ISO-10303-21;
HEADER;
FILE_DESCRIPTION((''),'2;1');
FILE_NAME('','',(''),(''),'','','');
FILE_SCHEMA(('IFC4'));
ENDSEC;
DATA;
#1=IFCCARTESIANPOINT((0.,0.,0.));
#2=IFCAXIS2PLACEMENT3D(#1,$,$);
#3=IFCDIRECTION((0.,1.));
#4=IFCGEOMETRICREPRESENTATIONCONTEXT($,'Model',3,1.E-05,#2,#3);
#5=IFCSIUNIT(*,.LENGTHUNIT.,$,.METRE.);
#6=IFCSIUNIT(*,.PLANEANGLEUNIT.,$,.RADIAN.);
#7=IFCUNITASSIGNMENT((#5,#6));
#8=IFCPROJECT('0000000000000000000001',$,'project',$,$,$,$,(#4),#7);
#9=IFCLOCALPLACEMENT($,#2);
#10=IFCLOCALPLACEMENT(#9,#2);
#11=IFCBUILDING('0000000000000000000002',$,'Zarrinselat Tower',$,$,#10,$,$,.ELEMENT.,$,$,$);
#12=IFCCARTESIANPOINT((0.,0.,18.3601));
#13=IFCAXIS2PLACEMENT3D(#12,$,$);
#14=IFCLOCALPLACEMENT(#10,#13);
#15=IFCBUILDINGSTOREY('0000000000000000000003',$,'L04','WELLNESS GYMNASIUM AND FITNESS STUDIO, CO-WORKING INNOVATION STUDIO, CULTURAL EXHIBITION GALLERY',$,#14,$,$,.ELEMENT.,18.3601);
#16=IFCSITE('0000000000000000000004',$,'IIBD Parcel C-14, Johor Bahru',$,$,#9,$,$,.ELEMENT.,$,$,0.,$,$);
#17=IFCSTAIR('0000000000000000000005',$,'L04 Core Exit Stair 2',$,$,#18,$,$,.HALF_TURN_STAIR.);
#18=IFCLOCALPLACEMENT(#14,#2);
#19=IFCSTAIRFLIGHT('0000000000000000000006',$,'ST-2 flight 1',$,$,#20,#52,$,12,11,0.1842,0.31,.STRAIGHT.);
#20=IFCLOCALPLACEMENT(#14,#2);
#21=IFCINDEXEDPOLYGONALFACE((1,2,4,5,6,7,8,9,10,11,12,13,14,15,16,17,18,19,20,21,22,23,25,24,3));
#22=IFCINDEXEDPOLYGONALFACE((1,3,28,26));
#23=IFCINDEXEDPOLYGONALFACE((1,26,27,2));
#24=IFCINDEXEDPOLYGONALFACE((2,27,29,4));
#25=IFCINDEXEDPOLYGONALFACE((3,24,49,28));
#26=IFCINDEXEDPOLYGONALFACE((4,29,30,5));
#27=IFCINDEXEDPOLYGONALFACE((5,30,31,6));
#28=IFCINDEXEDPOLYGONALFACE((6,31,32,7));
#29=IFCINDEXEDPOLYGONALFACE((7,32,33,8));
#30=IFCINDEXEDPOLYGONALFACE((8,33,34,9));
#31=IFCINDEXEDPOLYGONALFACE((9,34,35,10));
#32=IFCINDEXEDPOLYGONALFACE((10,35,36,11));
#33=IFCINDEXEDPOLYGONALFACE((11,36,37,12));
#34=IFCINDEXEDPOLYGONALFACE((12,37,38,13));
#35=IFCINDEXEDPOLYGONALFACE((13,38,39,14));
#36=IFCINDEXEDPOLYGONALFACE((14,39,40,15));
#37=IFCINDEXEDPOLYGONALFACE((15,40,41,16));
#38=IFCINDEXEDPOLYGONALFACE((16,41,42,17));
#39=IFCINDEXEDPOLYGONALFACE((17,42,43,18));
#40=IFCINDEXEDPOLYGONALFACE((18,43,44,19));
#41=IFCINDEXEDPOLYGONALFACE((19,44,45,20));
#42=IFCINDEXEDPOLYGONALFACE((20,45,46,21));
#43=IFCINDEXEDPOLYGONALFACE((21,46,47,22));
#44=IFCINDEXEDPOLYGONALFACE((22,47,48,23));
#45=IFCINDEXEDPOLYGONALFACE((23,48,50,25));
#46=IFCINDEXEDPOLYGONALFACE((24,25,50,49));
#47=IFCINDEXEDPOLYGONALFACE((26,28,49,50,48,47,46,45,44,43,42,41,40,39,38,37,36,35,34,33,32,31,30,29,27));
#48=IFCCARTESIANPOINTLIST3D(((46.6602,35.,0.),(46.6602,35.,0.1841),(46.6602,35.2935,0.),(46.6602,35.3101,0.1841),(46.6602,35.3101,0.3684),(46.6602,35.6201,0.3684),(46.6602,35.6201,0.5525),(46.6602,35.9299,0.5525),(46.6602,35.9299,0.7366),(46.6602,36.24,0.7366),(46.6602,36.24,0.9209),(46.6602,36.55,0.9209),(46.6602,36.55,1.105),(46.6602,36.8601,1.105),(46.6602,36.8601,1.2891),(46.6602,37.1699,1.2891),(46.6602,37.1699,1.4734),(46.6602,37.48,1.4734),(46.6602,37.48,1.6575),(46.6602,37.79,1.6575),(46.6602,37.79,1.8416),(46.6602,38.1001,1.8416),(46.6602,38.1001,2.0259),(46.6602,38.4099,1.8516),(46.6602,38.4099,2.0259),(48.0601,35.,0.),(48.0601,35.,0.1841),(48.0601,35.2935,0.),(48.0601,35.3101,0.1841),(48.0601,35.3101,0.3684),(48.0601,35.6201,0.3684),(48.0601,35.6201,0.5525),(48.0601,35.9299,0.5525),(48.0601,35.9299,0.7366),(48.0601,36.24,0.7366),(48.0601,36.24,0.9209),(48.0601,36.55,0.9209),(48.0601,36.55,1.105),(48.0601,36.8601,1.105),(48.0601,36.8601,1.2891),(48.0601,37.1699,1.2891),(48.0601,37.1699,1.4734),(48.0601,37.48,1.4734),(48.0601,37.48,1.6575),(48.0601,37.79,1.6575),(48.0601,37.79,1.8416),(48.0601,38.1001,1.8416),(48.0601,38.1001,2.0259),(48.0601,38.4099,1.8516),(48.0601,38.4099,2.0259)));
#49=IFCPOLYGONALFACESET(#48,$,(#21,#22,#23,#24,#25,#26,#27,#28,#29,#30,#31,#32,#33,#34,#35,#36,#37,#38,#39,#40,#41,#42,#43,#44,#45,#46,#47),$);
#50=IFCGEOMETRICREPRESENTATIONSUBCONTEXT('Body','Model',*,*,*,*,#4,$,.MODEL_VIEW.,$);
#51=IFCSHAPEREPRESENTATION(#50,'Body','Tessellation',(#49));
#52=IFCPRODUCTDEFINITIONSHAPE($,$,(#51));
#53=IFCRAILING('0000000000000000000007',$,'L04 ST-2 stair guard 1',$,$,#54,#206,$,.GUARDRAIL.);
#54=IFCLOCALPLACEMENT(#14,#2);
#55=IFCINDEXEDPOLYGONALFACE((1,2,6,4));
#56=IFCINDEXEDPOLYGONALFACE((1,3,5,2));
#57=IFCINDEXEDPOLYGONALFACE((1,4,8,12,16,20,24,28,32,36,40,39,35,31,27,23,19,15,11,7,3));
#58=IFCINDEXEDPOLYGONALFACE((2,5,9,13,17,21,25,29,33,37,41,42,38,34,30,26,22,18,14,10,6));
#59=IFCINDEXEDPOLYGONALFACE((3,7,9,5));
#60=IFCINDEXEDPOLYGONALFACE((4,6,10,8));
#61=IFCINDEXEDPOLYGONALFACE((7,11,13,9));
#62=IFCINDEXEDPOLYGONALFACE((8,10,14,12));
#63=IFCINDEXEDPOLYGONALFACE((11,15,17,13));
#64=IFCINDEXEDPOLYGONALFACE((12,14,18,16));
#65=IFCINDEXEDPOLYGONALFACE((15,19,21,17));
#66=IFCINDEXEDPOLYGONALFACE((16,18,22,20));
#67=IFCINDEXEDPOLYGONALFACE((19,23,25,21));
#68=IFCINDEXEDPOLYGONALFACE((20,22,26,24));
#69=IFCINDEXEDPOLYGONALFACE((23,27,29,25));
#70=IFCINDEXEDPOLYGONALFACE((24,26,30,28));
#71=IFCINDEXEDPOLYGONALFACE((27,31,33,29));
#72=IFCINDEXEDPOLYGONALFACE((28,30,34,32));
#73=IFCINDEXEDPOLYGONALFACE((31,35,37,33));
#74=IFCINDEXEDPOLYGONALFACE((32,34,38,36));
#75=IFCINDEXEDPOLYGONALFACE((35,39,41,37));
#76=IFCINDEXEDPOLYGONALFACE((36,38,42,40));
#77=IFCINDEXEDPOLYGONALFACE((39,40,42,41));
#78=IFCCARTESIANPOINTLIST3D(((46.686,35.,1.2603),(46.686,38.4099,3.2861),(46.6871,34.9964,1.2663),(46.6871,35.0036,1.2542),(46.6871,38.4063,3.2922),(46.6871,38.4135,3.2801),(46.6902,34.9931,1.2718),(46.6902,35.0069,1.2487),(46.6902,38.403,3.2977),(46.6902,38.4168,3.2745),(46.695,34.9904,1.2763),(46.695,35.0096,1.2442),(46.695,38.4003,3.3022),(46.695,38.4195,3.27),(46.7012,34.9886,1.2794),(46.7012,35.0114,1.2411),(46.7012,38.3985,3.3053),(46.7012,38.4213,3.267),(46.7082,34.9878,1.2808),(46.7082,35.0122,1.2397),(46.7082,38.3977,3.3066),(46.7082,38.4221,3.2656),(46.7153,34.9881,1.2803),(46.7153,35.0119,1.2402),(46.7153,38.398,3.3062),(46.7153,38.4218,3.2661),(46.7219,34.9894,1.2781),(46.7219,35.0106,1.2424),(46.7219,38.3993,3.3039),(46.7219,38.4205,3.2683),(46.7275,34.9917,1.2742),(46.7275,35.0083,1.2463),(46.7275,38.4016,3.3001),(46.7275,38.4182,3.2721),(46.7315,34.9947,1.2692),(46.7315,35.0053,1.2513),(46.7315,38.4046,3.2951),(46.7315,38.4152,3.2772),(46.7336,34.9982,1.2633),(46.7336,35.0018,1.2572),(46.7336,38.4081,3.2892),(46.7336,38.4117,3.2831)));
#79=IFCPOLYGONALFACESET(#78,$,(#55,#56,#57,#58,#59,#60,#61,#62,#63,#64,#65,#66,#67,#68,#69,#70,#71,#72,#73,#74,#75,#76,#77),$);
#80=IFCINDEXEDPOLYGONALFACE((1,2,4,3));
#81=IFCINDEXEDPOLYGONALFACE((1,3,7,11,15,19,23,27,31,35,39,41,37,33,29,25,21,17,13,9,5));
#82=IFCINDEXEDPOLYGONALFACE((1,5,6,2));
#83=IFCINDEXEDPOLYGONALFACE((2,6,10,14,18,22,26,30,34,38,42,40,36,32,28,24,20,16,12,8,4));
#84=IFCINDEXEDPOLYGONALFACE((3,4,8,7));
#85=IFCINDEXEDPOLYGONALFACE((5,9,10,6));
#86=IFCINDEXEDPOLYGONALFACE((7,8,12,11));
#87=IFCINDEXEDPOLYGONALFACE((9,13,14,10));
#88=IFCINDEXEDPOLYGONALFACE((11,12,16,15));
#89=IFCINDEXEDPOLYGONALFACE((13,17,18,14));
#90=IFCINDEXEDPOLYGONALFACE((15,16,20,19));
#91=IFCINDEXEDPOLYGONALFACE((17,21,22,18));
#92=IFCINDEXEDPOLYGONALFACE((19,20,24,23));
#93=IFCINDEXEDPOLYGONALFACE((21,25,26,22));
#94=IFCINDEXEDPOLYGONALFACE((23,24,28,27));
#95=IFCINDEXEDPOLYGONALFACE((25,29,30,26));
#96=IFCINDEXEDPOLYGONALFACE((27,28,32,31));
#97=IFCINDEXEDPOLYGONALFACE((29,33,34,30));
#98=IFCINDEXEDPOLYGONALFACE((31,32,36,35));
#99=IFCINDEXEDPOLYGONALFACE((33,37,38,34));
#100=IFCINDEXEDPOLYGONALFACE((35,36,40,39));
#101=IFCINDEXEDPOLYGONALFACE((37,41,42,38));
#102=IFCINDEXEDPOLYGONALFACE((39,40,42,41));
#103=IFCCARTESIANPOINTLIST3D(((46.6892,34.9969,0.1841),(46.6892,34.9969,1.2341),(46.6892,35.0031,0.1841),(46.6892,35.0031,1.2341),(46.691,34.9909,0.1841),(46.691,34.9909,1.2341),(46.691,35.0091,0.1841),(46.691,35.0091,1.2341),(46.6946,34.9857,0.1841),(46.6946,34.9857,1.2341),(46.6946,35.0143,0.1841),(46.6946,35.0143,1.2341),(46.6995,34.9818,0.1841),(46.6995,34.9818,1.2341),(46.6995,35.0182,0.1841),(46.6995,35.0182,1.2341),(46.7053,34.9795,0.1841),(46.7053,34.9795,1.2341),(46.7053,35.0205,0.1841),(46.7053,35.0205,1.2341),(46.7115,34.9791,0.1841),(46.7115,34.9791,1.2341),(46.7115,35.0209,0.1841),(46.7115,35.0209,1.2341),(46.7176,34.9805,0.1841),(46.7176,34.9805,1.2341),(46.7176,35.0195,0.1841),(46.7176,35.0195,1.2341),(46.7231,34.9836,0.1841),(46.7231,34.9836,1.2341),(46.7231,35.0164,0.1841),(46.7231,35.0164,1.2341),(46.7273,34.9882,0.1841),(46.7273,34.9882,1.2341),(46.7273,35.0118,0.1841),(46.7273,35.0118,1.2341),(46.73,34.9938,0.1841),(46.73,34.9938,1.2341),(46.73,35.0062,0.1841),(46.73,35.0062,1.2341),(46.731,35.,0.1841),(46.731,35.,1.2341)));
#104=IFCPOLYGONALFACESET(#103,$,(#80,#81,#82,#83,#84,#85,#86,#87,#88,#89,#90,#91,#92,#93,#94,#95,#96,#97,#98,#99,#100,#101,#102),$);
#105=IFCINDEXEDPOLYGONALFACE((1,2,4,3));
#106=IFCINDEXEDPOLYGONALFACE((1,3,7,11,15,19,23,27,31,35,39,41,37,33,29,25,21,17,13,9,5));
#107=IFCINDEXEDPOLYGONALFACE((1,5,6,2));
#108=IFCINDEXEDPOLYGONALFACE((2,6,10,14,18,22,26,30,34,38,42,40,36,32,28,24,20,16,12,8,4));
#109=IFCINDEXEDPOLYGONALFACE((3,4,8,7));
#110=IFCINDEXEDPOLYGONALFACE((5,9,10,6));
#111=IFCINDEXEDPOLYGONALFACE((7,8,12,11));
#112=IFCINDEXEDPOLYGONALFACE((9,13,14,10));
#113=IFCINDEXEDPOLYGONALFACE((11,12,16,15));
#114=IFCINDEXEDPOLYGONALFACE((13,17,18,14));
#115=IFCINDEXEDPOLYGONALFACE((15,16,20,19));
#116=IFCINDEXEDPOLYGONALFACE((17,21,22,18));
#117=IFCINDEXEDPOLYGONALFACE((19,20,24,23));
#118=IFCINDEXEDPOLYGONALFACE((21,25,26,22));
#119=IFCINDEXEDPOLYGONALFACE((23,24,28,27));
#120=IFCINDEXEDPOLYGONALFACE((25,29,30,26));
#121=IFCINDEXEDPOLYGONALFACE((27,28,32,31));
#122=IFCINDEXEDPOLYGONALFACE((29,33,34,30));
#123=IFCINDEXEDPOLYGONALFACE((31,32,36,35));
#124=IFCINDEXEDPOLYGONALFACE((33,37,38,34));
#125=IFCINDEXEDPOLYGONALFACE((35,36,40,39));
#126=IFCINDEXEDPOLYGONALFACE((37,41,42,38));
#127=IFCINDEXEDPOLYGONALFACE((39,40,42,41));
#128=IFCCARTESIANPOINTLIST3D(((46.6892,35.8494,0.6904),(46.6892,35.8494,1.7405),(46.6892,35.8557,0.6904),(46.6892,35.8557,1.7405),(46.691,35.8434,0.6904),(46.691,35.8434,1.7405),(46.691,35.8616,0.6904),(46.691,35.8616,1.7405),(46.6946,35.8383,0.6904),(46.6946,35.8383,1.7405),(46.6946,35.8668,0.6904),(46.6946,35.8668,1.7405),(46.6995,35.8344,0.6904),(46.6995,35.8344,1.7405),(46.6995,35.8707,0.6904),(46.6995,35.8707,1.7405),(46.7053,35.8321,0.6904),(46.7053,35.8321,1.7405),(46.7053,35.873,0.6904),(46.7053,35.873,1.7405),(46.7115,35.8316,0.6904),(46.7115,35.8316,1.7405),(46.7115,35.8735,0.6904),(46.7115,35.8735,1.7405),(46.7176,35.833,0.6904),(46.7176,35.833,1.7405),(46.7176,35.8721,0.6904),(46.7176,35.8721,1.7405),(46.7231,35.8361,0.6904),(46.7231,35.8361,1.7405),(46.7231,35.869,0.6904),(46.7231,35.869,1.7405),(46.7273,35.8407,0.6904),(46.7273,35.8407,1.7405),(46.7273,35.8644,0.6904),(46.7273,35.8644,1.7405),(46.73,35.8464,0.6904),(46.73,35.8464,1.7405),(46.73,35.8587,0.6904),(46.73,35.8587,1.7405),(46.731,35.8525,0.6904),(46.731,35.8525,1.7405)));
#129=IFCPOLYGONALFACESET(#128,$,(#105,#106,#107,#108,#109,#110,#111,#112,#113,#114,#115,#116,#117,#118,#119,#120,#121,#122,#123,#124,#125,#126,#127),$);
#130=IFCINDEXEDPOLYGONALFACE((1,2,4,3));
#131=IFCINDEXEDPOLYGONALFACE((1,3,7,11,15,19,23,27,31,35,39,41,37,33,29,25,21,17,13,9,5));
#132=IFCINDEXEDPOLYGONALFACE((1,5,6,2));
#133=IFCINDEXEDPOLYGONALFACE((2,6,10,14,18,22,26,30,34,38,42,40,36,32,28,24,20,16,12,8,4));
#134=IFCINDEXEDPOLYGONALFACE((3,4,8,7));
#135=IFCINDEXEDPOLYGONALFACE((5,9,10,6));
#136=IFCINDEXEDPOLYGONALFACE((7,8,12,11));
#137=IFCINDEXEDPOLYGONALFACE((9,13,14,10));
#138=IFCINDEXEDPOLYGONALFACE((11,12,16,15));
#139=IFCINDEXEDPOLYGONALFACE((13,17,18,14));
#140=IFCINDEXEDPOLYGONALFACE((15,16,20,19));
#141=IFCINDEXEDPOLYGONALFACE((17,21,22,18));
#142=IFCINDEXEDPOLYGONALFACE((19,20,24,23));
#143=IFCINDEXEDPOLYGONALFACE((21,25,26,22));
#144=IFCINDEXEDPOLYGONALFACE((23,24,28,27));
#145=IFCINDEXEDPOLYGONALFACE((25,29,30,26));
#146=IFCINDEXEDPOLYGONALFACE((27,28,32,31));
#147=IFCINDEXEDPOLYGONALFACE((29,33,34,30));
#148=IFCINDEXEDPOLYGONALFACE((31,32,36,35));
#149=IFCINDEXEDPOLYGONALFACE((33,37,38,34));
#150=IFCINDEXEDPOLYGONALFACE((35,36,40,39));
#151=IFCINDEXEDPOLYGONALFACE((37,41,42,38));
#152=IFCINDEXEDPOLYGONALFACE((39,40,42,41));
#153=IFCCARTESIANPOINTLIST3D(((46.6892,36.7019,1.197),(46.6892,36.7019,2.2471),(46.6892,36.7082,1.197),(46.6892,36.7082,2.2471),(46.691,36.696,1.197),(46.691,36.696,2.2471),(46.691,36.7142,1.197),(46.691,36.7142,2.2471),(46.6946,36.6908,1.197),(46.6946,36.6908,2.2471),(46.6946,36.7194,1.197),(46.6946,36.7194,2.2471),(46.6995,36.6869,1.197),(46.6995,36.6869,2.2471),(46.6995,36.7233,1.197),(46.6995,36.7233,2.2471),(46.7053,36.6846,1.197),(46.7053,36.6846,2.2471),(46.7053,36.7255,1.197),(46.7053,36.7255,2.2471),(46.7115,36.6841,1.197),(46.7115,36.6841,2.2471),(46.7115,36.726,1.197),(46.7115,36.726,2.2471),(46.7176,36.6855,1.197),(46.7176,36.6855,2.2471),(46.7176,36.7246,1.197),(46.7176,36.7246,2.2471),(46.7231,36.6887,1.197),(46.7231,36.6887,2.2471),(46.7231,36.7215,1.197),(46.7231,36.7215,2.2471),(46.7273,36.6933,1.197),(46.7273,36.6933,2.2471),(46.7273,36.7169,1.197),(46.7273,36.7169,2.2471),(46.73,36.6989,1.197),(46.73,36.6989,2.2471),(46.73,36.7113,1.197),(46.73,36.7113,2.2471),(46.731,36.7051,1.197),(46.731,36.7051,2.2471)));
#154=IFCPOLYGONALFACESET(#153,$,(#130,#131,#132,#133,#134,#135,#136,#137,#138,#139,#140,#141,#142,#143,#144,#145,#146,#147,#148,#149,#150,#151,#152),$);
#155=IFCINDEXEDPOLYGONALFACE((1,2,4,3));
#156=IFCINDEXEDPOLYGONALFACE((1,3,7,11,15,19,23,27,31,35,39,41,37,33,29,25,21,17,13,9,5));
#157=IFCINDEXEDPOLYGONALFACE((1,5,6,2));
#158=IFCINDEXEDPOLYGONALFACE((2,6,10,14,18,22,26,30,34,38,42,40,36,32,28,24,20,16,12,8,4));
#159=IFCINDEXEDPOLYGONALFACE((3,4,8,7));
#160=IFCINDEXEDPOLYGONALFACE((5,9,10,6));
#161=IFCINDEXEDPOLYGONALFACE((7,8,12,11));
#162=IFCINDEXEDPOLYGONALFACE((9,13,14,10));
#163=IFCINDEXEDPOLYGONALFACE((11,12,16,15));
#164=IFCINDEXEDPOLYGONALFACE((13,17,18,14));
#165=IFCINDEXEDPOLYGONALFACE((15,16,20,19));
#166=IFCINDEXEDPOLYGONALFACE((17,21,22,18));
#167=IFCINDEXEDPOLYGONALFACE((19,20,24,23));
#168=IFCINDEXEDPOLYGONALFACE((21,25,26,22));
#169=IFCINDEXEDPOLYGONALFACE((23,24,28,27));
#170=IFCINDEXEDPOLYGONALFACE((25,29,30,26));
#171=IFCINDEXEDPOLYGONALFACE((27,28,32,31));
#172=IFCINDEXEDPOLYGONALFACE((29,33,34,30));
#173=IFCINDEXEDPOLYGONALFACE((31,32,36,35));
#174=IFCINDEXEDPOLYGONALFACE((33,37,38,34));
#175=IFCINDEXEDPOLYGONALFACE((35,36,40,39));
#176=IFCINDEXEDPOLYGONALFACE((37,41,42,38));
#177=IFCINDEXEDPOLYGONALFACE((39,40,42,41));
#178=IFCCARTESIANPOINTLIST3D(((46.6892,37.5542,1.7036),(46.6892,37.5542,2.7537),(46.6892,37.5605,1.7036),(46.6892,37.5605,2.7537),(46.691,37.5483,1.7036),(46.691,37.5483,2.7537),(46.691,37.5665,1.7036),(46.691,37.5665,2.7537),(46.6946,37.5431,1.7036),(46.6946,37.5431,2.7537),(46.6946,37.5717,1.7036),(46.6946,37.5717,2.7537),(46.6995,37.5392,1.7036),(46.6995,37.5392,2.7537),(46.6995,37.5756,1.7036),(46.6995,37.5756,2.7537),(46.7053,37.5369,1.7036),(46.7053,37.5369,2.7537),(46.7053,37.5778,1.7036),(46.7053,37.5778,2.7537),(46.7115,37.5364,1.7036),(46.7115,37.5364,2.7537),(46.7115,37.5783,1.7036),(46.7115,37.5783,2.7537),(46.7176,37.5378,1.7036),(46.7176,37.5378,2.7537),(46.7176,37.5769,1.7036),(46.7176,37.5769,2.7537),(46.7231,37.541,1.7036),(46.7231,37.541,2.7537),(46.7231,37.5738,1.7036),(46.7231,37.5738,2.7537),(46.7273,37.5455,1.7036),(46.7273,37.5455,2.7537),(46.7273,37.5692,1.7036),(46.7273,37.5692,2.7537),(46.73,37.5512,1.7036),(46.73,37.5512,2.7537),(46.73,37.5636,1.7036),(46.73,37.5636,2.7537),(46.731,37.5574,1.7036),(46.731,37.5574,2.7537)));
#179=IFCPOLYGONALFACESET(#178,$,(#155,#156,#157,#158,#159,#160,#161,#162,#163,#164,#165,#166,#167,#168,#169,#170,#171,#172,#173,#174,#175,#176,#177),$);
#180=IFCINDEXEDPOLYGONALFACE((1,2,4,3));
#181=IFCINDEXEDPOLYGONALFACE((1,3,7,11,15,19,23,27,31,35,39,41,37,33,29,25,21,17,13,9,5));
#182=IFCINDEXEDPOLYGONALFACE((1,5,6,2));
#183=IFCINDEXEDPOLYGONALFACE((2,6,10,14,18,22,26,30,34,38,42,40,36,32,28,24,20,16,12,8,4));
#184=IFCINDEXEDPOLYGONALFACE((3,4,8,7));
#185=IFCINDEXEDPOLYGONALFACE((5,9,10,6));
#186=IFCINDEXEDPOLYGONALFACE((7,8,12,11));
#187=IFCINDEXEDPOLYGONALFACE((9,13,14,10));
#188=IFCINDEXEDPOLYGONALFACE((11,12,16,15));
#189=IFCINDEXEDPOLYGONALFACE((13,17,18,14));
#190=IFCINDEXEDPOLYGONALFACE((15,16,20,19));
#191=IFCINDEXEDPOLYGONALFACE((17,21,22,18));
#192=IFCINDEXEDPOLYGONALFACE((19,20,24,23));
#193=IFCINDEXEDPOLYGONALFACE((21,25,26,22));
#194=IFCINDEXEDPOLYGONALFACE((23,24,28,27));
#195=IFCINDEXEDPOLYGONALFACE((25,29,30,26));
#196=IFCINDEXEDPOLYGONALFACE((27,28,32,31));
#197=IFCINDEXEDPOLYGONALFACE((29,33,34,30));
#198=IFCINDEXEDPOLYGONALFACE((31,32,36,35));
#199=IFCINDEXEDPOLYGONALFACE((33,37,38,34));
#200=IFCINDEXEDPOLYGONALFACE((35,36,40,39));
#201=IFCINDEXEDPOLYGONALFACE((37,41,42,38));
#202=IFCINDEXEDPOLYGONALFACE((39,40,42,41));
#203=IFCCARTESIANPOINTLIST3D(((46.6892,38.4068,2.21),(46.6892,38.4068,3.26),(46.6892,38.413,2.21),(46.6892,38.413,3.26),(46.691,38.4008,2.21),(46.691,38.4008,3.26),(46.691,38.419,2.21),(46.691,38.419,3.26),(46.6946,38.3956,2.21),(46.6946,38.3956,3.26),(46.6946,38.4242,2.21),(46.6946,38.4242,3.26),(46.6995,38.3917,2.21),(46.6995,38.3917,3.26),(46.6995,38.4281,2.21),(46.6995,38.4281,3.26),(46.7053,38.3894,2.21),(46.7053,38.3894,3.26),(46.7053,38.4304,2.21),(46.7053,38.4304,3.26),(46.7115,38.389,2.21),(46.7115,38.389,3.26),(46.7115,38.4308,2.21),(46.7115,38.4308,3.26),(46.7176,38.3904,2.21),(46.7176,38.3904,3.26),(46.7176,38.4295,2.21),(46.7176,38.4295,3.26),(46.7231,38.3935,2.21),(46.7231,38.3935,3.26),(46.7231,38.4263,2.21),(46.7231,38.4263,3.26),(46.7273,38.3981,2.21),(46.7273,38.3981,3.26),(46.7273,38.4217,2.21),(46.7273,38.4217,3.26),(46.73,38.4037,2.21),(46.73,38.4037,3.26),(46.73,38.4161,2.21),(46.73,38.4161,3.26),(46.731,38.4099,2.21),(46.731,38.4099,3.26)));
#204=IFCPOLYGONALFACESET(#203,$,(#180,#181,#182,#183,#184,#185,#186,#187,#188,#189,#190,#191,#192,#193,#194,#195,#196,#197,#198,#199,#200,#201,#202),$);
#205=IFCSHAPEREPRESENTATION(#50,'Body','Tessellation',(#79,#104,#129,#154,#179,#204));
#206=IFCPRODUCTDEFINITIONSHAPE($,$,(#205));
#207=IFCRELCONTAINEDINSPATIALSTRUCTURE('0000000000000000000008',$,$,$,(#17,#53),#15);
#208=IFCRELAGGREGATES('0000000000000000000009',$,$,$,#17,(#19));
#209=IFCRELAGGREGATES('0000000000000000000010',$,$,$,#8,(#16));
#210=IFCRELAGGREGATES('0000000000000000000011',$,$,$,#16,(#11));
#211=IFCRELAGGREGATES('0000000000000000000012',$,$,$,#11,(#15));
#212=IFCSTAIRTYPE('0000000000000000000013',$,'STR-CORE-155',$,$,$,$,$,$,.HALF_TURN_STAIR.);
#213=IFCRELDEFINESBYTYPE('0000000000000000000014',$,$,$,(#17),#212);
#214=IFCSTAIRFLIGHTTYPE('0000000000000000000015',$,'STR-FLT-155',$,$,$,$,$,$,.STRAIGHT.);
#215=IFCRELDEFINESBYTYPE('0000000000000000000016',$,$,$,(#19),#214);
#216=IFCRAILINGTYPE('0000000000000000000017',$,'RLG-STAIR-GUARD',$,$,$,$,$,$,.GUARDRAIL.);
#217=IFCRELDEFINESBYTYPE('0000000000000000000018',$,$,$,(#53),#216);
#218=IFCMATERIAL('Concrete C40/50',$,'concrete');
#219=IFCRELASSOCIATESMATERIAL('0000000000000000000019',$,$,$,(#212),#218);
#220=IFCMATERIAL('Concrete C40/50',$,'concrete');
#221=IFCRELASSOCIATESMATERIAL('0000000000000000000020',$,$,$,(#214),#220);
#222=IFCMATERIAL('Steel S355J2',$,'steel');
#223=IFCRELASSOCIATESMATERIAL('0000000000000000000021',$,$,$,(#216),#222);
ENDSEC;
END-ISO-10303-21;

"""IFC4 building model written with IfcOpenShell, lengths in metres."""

from ifc_helpers import new_model, si_unit, direction, frame, origin, origin_2d, place, context, subcontext, project, spatial, polyline, circle, outline, extrude, material, type_object, element, aggregate, save


model = new_model("IFC4")

# Units and contexts
model_context = context("Model", 3, precision=1e-05, world=origin(), true_north=direction((0.0, 1.0)))
body_context = subcontext(model_context, "Body", "Model", "MODEL_VIEW")
ifc_project = project(units=[si_unit("LENGTHUNIT", "METRE"), si_unit("PLANEANGLEUNIT", "RADIAN")], contexts=[model_context])

# Site, building, storey
site_placement = place(None, origin())
site = spatial("IfcSite", under=ifc_project, at=site_placement, Name="IIBD Parcel C-14, Johor Bahru", CompositionType="ELEMENT", RefElevation=0.0)
building_placement = place(site_placement, origin())
building = spatial("IfcBuilding", under=site, at=building_placement, Name="Zarrinselat Tower", CompositionType="ELEMENT")
storey_placement = place(building_placement, frame((0.0, 0.0, 18.3601)))
storey = spatial("IfcBuildingStorey", under=building, at=storey_placement, Name="L04", Description="WELLNESS GYMNASIUM AND FITNESS STUDIO, CO-WORKING INNOVATION STUDIO, CULTURAL EXHIBITION GALLERY", CompositionType="ELEMENT", Elevation=18.3601)

# Stair, stair flight
ifc_material_1 = material(Name="Concrete C40/50", Category="concrete")
stair_type = type_object("IfcStairType", Name="STR-CORE-155", PredefinedType="HALF_TURN_STAIR", material=ifc_material_1)
stair_placement = place(storey_placement, origin())
stair = element("IfcStair", 1, at=stair_placement, inside=storey, type_object=stair_type, Name="L04 Core Exit Stair 2", PredefinedType="HALF_TURN_STAIR")
ifc_material_2 = material(Name="Concrete C40/50", Category="concrete")
stair_flight_type = type_object("IfcStairFlightType", Name="STR-FLT-155", PredefinedType="STRAIGHT", material=ifc_material_2)
stair_flight_placement = place(storey_placement, frame((47.3601, 35.0, 0.0), z_axis=(0.0, 0.0, 1.0), x_axis=(0.0, 1.0, 0.0)))
stair_flight = element("IfcStairFlight", 2, at=stair_flight_placement, type_object=stair_flight_type, Name="ST-2 flight 1", NumberOfRisers=12, NumberOfTreads=11, PredefinedType="STRAIGHT", RiserHeight=0.1842, TreadLength=0.31, context=body_context, shape_type="SweptSolid", body=[
    extrude(outline(polyline([(0.0, 0.0), (0.0, 0.1841), (0.3101, 0.1841), (0.3101, 0.3684), (0.6201, 0.3684), (0.6201, 0.5525), (0.9299, 0.5525), (0.9299, 0.7366), (1.24, 0.7366), (1.24, 0.9209), (1.55, 0.9209), (1.55, 1.105), (1.8601, 1.105), (1.8601, 1.2891), (2.1699, 1.2891), (2.1699, 1.4734), (2.48, 1.4734), (2.48, 1.6575), (2.79, 1.6575), (2.79, 1.8416), (3.1001, 1.8416), (3.1001, 2.0259), (3.4099, 2.0259), (3.4099, 2.21), (3.4099, 1.8516), (0.2935, 0.0), (0.0, 0.0)])), frame((0.0, 0.7, 0.0), z_axis=(0.0, -1.0, 0.0), x_axis=(1.0, 0.0, 0.0)), (0.0, 0.0, 1.0), 1.3999),
])
aggregate(stair, [stair_flight])

# Railing
ifc_material_3 = material(Name="Steel S355J2", Category="steel")
railing_type_1 = type_object("IfcRailingType", Name="RLG-STAIR-GUARD", PredefinedType="GUARDRAIL", material=ifc_material_3)
railing_1_placement = place(storey_placement, frame((46.71, 35.0, 0.1841)))
element("IfcRailing", 3, at=railing_1_placement, inside=storey, type_object=railing_type_1, Name="L04 ST-2 stair guard 1", PredefinedType="GUARDRAIL", context=body_context, shape_type="SweptSolid", body=[
    extrude(circle(Radius=0.0239, at=origin_2d()), frame((0.0, 0.0, 1.0762), z_axis=(0.0, 0.859717, 0.510771), x_axis=(-1.0, 0.0, 0.0)), (0.0, 0.0, 1.0), 3.9663),
    extrude(circle(Radius=0.021, at=origin_2d()), origin(), (0.0, 0.0, 1.0), 1.05),
    extrude(circle(Radius=0.021, at=origin_2d()), frame((0.0, 0.8525, 0.5063)), (0.0, 0.0, 1.0), 1.05),
    extrude(circle(Radius=0.021, at=origin_2d()), frame((0.0, 1.7051, 1.0129)), (0.0, 0.0, 1.0), 1.05),
    extrude(circle(Radius=0.021, at=origin_2d()), frame((0.0, 2.5574, 1.5195)), (0.0, 0.0, 1.0), 1.05),
    extrude(circle(Radius=0.021, at=origin_2d()), frame((0.0, 3.4099, 2.0259)), (0.0, 0.0, 1.0), 1.05),
])

save(model, "model.ifc")
